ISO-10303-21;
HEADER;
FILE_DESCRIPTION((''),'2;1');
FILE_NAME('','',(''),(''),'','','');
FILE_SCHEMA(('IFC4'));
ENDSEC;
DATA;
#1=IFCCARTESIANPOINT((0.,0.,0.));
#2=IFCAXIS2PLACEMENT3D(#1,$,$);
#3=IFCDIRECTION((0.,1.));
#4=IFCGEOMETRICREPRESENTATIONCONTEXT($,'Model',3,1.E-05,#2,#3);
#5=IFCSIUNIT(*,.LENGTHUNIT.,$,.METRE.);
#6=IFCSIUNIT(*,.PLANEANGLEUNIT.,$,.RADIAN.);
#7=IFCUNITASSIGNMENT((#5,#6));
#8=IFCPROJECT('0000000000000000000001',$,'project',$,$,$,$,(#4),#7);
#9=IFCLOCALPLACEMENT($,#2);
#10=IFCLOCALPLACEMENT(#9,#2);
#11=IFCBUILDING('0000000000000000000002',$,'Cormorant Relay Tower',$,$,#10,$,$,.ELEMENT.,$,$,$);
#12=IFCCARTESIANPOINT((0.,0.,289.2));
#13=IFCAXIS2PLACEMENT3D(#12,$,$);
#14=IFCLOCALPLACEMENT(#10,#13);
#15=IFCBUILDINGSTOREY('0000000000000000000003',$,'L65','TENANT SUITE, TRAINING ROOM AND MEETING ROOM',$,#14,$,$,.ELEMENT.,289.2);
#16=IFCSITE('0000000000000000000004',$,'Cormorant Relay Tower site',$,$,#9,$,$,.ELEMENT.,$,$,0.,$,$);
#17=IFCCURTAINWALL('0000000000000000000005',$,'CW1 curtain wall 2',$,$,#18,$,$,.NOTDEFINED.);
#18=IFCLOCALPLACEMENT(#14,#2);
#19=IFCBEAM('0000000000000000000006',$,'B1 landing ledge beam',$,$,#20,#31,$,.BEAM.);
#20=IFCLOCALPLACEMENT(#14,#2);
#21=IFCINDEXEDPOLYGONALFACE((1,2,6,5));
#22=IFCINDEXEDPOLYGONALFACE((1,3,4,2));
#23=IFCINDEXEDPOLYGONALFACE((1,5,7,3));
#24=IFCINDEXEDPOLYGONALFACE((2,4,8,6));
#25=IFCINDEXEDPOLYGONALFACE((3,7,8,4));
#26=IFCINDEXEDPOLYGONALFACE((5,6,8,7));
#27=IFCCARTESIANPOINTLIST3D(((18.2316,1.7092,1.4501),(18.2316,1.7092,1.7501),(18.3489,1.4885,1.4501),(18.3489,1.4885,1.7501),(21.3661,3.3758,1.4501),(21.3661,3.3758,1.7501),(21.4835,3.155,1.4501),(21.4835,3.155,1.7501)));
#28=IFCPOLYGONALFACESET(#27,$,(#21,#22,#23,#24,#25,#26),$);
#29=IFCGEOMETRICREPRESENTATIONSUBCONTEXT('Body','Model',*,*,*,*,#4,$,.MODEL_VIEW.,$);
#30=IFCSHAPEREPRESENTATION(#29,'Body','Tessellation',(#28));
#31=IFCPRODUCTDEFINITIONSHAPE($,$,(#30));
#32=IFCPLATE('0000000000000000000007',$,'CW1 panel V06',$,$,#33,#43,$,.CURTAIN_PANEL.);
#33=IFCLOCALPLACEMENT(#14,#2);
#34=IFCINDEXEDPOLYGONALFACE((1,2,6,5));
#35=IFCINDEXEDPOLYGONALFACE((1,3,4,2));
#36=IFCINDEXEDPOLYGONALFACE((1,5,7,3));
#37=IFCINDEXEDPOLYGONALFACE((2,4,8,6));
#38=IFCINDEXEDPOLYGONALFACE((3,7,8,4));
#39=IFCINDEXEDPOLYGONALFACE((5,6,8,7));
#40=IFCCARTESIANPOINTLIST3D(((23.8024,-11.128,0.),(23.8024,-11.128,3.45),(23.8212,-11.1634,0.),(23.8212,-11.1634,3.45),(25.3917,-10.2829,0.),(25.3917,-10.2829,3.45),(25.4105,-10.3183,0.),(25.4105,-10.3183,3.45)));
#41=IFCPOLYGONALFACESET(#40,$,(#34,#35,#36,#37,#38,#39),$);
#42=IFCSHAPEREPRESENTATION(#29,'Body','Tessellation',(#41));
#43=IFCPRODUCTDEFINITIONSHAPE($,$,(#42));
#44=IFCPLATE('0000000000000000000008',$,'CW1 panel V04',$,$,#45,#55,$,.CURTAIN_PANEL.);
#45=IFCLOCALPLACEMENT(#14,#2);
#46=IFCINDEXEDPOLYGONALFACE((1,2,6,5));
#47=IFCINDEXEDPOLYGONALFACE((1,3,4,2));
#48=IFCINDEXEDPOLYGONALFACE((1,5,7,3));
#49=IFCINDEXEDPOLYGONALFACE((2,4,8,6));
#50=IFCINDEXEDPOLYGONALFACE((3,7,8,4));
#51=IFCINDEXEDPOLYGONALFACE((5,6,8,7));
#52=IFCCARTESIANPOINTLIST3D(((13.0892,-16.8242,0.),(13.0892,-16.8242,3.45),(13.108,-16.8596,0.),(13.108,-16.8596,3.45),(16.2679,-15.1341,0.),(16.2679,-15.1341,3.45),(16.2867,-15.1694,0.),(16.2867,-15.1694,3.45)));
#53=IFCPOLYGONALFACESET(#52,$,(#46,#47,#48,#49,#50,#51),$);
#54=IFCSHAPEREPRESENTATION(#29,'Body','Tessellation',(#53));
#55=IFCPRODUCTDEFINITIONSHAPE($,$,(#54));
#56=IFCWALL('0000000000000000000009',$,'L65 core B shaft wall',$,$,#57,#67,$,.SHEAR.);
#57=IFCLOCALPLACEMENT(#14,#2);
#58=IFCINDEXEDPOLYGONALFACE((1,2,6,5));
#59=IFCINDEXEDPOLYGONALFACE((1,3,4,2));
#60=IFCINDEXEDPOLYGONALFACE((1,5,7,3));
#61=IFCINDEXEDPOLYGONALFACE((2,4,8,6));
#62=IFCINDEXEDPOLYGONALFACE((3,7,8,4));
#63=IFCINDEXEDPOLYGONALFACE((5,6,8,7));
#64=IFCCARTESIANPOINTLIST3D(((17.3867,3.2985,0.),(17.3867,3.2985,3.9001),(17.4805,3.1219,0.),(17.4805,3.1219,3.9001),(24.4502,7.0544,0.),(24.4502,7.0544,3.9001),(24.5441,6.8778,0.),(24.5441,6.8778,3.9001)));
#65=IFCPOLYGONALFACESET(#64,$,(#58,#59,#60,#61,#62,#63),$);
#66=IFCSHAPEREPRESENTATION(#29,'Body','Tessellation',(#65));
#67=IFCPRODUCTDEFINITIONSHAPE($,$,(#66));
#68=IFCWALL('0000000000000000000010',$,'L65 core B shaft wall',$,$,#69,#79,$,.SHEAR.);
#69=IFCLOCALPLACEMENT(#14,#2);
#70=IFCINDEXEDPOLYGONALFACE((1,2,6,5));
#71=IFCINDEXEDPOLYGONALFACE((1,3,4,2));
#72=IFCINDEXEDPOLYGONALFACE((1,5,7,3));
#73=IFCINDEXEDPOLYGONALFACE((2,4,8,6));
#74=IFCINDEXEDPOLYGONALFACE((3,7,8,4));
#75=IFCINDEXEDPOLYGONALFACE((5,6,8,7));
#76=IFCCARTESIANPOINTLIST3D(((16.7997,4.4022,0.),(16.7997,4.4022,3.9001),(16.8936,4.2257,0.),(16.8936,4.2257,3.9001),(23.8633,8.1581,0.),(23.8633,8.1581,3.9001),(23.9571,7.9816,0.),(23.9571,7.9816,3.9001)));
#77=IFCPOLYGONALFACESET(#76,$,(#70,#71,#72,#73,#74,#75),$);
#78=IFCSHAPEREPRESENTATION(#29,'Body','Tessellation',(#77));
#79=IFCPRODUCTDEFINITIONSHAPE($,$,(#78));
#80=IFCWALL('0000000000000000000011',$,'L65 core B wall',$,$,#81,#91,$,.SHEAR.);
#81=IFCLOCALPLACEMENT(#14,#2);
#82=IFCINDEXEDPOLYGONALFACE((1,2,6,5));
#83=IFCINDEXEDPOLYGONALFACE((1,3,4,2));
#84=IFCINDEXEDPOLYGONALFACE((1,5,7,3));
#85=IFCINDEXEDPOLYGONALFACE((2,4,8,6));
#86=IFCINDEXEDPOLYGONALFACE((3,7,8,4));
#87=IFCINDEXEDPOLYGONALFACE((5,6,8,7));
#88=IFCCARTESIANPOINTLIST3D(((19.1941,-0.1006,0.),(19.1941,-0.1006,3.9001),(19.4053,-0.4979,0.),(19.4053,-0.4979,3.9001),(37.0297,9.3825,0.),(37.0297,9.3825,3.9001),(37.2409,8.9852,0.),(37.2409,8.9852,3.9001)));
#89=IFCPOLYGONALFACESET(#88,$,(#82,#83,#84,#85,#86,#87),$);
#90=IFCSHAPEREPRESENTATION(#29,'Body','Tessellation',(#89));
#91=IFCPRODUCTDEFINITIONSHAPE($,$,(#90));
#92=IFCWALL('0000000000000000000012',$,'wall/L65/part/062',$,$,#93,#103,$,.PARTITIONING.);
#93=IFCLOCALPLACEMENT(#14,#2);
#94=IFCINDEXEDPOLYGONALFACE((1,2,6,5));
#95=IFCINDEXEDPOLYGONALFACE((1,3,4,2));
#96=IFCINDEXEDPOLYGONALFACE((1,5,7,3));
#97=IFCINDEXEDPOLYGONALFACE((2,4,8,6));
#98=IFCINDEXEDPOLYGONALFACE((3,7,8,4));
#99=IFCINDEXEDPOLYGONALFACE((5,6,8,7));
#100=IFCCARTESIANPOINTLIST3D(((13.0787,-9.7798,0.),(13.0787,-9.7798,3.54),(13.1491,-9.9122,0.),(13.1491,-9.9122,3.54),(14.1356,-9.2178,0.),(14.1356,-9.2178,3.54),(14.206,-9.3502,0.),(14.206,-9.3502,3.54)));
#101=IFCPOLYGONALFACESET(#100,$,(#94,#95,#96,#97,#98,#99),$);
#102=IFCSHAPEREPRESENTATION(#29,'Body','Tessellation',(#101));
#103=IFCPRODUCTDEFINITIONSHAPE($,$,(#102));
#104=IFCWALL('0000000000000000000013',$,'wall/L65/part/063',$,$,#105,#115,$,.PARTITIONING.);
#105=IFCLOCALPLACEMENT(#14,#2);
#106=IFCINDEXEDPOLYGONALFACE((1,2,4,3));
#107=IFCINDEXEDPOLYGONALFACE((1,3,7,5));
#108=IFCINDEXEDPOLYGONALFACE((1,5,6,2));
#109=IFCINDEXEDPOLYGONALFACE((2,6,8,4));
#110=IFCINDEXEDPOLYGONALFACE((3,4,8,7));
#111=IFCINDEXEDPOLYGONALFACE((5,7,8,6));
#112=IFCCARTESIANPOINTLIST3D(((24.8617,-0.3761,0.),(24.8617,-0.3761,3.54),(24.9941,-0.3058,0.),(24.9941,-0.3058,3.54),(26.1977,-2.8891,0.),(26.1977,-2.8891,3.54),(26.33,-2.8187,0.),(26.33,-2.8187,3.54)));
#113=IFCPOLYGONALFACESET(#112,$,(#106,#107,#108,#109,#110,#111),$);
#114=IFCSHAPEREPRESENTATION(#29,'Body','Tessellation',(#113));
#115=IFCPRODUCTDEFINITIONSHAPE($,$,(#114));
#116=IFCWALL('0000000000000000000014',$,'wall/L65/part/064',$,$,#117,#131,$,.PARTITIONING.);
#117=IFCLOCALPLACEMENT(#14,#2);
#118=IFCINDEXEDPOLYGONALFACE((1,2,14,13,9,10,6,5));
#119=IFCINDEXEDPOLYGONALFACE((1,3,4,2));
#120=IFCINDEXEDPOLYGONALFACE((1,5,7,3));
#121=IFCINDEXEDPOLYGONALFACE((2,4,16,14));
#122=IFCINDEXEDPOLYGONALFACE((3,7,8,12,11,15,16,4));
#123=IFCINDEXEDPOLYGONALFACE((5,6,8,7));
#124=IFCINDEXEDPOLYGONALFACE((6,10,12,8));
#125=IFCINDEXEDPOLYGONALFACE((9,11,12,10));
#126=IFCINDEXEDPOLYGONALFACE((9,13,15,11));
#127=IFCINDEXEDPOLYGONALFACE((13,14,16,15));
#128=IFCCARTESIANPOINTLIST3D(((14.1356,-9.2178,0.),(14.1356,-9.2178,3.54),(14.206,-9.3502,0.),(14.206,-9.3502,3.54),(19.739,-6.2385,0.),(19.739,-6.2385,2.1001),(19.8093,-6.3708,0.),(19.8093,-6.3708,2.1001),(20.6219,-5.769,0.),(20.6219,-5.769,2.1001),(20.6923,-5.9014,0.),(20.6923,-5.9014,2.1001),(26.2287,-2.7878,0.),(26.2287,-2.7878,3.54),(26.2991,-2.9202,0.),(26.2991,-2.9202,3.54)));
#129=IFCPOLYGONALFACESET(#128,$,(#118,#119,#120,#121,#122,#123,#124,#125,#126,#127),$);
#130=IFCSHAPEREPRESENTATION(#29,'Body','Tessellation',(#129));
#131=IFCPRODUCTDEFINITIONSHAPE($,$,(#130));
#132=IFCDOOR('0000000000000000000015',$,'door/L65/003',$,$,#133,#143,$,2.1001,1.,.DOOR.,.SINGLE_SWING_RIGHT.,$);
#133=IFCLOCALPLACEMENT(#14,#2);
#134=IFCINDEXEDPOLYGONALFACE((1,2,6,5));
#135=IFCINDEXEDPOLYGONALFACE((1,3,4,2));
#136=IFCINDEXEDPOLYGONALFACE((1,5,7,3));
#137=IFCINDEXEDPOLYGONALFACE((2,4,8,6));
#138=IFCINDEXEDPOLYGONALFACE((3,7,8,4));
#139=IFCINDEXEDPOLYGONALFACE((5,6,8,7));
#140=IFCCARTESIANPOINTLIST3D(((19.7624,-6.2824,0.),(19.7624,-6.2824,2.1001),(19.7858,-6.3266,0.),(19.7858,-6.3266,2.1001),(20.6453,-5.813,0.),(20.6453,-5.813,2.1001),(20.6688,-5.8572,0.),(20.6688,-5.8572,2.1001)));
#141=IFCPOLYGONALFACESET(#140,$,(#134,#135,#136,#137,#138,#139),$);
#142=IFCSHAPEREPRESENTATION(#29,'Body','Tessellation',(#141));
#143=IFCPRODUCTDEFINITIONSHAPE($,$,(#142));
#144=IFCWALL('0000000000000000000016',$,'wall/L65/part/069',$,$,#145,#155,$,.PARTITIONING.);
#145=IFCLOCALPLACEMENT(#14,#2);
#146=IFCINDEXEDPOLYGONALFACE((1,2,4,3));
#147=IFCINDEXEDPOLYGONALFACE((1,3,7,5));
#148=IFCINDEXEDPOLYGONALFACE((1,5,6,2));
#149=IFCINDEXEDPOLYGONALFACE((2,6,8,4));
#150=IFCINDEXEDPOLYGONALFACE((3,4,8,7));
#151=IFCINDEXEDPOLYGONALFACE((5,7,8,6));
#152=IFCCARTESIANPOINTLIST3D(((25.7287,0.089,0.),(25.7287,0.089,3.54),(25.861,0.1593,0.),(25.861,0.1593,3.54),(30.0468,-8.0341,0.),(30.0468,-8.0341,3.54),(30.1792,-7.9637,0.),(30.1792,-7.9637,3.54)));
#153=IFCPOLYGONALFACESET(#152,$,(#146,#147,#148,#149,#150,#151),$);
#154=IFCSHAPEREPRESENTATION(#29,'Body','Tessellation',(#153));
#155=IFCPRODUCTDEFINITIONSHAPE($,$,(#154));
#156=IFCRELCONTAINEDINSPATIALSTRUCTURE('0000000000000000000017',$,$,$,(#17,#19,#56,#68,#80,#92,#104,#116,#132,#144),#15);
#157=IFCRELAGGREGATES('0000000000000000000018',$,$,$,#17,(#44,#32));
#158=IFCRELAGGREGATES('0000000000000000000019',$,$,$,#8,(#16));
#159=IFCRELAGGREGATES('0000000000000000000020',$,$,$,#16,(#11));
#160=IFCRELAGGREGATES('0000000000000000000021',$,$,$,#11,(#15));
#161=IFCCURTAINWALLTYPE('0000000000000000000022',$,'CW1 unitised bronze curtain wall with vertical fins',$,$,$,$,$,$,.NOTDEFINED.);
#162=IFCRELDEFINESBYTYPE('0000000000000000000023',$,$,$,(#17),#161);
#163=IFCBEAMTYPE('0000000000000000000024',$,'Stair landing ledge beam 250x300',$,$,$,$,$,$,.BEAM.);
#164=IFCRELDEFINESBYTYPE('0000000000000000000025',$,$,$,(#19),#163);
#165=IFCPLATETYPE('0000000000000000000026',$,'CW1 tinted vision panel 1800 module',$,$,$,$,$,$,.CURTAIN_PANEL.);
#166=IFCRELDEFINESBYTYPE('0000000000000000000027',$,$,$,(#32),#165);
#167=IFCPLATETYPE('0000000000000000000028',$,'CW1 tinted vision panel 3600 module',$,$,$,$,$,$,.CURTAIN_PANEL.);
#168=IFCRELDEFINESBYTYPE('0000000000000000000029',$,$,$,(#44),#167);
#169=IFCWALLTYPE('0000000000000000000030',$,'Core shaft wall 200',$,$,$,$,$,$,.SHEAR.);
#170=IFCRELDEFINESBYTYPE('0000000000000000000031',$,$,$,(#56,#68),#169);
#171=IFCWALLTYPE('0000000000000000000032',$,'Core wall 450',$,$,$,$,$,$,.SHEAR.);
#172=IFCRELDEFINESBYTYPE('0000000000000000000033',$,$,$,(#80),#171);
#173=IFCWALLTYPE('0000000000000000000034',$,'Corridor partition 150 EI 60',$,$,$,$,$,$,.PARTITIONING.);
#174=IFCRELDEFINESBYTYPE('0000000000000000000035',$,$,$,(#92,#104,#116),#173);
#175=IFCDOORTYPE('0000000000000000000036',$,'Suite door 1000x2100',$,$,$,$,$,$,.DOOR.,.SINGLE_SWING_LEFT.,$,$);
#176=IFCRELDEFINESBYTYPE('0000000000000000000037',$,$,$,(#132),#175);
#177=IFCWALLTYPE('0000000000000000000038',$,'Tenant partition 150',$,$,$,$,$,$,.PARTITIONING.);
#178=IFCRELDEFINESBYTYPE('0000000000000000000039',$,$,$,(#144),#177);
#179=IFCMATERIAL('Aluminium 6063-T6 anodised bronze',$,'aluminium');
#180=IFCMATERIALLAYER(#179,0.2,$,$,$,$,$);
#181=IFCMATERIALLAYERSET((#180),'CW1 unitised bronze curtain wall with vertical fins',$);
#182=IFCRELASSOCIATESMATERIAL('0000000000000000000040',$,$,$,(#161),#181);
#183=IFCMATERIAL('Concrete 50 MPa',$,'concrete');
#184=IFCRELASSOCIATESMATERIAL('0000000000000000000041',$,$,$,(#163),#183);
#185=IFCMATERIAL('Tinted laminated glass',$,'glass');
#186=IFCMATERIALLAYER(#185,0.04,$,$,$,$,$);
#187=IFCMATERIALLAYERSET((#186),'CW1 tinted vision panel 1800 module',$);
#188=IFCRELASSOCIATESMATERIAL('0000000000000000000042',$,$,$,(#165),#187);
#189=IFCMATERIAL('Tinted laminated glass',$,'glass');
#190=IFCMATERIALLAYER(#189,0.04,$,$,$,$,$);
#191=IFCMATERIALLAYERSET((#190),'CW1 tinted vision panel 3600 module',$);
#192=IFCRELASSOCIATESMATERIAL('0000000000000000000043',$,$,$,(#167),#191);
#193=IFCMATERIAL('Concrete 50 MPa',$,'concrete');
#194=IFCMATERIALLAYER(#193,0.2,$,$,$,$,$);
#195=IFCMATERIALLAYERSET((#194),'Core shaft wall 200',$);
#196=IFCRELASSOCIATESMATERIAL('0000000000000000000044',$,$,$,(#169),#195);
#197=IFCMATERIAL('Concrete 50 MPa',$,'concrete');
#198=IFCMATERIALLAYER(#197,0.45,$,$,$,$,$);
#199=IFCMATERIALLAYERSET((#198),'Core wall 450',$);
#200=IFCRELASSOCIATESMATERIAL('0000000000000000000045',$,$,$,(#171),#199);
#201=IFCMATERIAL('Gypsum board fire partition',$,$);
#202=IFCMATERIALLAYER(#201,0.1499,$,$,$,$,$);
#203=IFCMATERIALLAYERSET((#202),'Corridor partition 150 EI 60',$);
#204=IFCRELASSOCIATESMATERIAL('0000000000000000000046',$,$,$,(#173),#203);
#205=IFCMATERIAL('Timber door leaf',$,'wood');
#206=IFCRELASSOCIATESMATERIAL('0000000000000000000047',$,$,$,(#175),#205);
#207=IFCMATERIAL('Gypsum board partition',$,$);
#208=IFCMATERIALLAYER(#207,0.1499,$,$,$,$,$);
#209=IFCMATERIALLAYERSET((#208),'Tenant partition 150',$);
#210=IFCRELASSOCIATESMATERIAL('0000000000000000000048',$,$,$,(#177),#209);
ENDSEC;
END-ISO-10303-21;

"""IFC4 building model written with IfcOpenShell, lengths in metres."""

from ifc_helpers import new_model, si_unit, direction, frame, frame_2d, origin, origin_2d, place, context, subcontext, project, spatial, rectangle, extrude, material, layer, layer_set, material_profile, profile_set, type_object, element, fill, aggregate, save


model = new_model("IFC4")

# Units and contexts
model_context = context("Model", 3, precision=1e-05, world=origin(), true_north=direction((0.0, 1.0)))
body_context = subcontext(model_context, "Body", "Model", "MODEL_VIEW")
ifc_project = project(units=[si_unit("LENGTHUNIT", "METRE"), si_unit("PLANEANGLEUNIT", "RADIAN")], contexts=[model_context])

# Site, building, storey
site_placement = place(None, origin())
site = spatial("IfcSite", under=ifc_project, at=site_placement, Name="Cormorant Relay Tower site", CompositionType="ELEMENT", RefElevation=0.0)
building_placement = place(site_placement, origin())
building = spatial("IfcBuilding", under=site, at=building_placement, Name="Cormorant Relay Tower", CompositionType="ELEMENT")
storey_placement = place(building_placement, frame((0.0, 0.0, 289.2)))
storey = spatial("IfcBuildingStorey", under=building, at=storey_placement, Name="L65", Description="TENANT SUITE, TRAINING ROOM AND MEETING ROOM", CompositionType="ELEMENT", Elevation=289.2)

# Curtain wall
ifc_material_1 = material(Name="Aluminium 6063-T6 anodised bronze", Category="aluminium")
ifc_layer_1 = layer(ifc_material_1, 0.2)
ifc_layer_set_1 = layer_set([ifc_layer_1], Name="CW1 unitised bronze curtain wall with vertical fins")
curtain_wall_type = type_object("IfcCurtainWallType", Name="CW1 unitised bronze curtain wall with vertical fins", PredefinedType="NOTDEFINED", material=ifc_layer_set_1)
curtain_wall_placement = place(storey_placement, origin())
curtain_wall = element("IfcCurtainWall", 1, at=curtain_wall_placement, inside=storey, type_object=curtain_wall_type, Name="CW1 curtain wall 2", PredefinedType="NOTDEFINED")

# Beam
ifc_material_2 = material(Name="Concrete 50 MPa", Category="concrete")
ifc_material_profile_1 = material_profile(ifc_material_2, rectangle(XDim=0.25, YDim=0.3, at=origin_2d()), Name="RC 250x300")
ifc_profile_set_1 = profile_set([ifc_material_profile_1], Name="Concrete 50 MPa")
beam_type_1 = type_object("IfcBeamType", Name="Stair landing ledge beam 250x300", PredefinedType="BEAM", material=ifc_profile_set_1)
beam_1_placement = place(storey_placement, frame((21.4248, 3.2654, 1.6001), z_axis=(-0.882965, -0.469438, 0.0), x_axis=(0.469438, -0.882965, 0.0)))
element("IfcBeam", 2, at=beam_1_placement, inside=storey, type_object=beam_type_1, Name="B1 landing ledge beam", PredefinedType="BEAM", context=body_context, shape_type="SweptSolid", body=[
    extrude(rectangle(XDim=0.25, YDim=0.3, at=origin_2d()), origin(), (0.0, 0.0, 1.0), 3.55),
])

# Plates
ifc_material_3 = material(Name="Tinted laminated glass", Category="glass")
ifc_layer_2 = layer(ifc_material_3, 0.04)
ifc_layer_set_2 = layer_set([ifc_layer_2], Name="CW1 tinted vision panel 1800 module")
plate_type_1 = type_object("IfcPlateType", Name="CW1 tinted vision panel 1800 module", PredefinedType="CURTAIN_PANEL", material=ifc_layer_set_2)
plate_1_placement = place(storey_placement, frame((24.6064, -10.7231, 0.0), z_axis=(0.0, 0.0, 1.0), x_axis=(0.882948, 0.469472, 0.0)))
plate_1 = element("IfcPlate", 3, at=plate_1_placement, type_object=plate_type_1, Name="CW1 panel V06", PredefinedType="CURTAIN_PANEL", context=body_context, shape_type="SweptSolid", body=[
    extrude(rectangle(XDim=1.8, YDim=0.04, at=origin_2d()), origin(), (0.0, 0.0, 1.0), 3.45),
])
ifc_material_4 = material(Name="Tinted laminated glass", Category="glass")
ifc_layer_3 = layer(ifc_material_4, 0.04)
ifc_layer_set_3 = layer_set([ifc_layer_3], Name="CW1 tinted vision panel 3600 module")
plate_type_2 = type_object("IfcPlateType", Name="CW1 tinted vision panel 3600 module", PredefinedType="CURTAIN_PANEL", material=ifc_layer_set_3)
plate_2_placement = place(storey_placement, frame((14.688, -15.9968, 0.0), z_axis=(0.0, 0.0, 1.0), x_axis=(0.882948, 0.469472, 0.0)))
plate_2 = element("IfcPlate", 4, at=plate_2_placement, type_object=plate_type_2, Name="CW1 panel V04", PredefinedType="CURTAIN_PANEL", context=body_context, shape_type="SweptSolid", body=[
    extrude(rectangle(XDim=3.6001, YDim=0.04, at=origin_2d()), origin(), (0.0, 0.0, 1.0), 3.45),
])

# Walls
ifc_material_5 = material(Name="Concrete 50 MPa", Category="concrete")
ifc_layer_4 = layer(ifc_material_5, 0.2)
ifc_layer_set_4 = layer_set([ifc_layer_4], Name="Core shaft wall 200")
wall_type_1 = type_object("IfcWallType", Name="Core shaft wall 200", PredefinedType="SHEAR", material=ifc_layer_set_4)
for number, where, z_axis, x_axis, name in (
    (5, (17.4336, 3.2102, 0.0), (0.0, 0.0, 1.0), (0.88294, 0.469485, 0.0), "L65 core B shaft wall"),
    (6, (16.8467, 4.314, 0.0), (0.0, 0.0, 1.0), (0.88294, 0.469485, 0.0), "L65 core B shaft wall"),
):
    element("IfcWall", number, at=place(storey_placement, frame(where, z_axis=z_axis, x_axis=x_axis)), inside=storey, type_object=wall_type_1, Name=name, PredefinedType="SHEAR", context=body_context, shape_type="SweptSolid", body=[
        extrude(rectangle(XDim=8.0, YDim=0.2, at=frame_2d((4.0, 0.0))), origin(), (0.0, 0.0, 1.0), 3.9001),
    ])

# Shared definitions
ifc_material_6 = material(Name="Concrete 50 MPa", Category="concrete")
ifc_layer_5 = layer(ifc_material_6, 0.45)
ifc_layer_set_5 = layer_set([ifc_layer_5], Name="Core wall 450")
wall_type_2 = type_object("IfcWallType", Name="Core wall 450", PredefinedType="SHEAR", material=ifc_layer_set_5)

# Walls
wall_1_placement = place(storey_placement, frame((19.2996, -0.2993, 0.0), z_axis=(0.0, 0.0, 1.0), x_axis=(0.882953, 0.469462, 0.0)))
element("IfcWall", 7, at=wall_1_placement, inside=storey, type_object=wall_type_2, Name="L65 core B wall", PredefinedType="SHEAR", context=body_context, shape_type="SweptSolid", body=[
    extrude(rectangle(XDim=20.2, YDim=0.45, at=frame_2d((10.1001, 0.0))), origin(), (0.0, 0.0, 1.0), 3.9001),
])
ifc_material_7 = material(Name="Gypsum board fire partition")
ifc_layer_6 = layer(ifc_material_7, 0.1499)
ifc_layer_set_6 = layer_set([ifc_layer_6], Name="Corridor partition 150 EI 60")
wall_type_3 = type_object("IfcWallType", Name="Corridor partition 150 EI 60", PredefinedType="PARTITIONING", material=ifc_layer_set_6)
wall_2_placement = place(storey_placement, frame((14.1709, -9.2839, 0.0), z_axis=(0.0, 0.0, 1.0), x_axis=(-0.882928, -0.469508, 0.0)))
element("IfcWall", 8, at=wall_2_placement, inside=storey, type_object=wall_type_3, Name="wall/L65/part/062", PredefinedType="PARTITIONING", context=body_context, shape_type="SweptSolid", body=[
    extrude(rectangle(XDim=1.197, YDim=0.1499, at=frame_2d((0.5986, 0.0))), origin(), (0.0, 0.0, 1.0), 3.54),
])
wall_3_placement = place(storey_placement, frame((24.928, -0.3411, 0.0), z_axis=(0.0, 0.0, 1.0), x_axis=(0.469412, -0.882979, 0.0)))
element("IfcWall", 9, at=wall_3_placement, inside=storey, type_object=wall_type_3, Name="wall/L65/part/063", PredefinedType="PARTITIONING", context=body_context, shape_type="SweptSolid", body=[
    extrude(rectangle(XDim=2.8459, YDim=0.1499, at=frame_2d((1.4229, 0.0))), origin(), (0.0, 0.0, 1.0), 3.54),
])

# Wall, opening, door
wall_4_placement = place(storey_placement, frame((26.2639, -2.854, 0.0), z_axis=(0.0, 0.0, 1.0), x_axis=(-0.882949, -0.469469, 0.0)))
wall_4 = element("IfcWall", 10, at=wall_4_placement, inside=storey, type_object=wall_type_3, Name="wall/L65/part/064", PredefinedType="PARTITIONING", context=body_context, shape_type="SweptSolid", body=[
    extrude(rectangle(XDim=13.6963, YDim=0.1499, at=frame_2d((6.8481, 0.0))), origin(), (0.0, 0.0, 1.0), 3.54),
])
opening_1_placement = place(wall_4_placement, frame((6.3501, 0.0, 0.0)))
opening_1 = element("IfcOpeningElement", 11, at=opening_1_placement, cuts=wall_4, PredefinedType="OPENING", context=body_context, shape_type="SweptSolid", body=[
    extrude(rectangle(XDim=1.0, YDim=2.1001, at=frame_2d((0.5, 1.05))), frame((0.0, 0.085, 0.0), z_axis=(0.0, -1.0, 0.0), x_axis=(1.0, 0.0, 0.0)), (0.0, 0.0, 1.0), 0.1699),
])
ifc_material_8 = material(Name="Timber door leaf", Category="wood")
door_type_1 = type_object("IfcDoorType", Name="Suite door 1000x2100", OperationType="SINGLE_SWING_LEFT", PredefinedType="DOOR", material=ifc_material_8)
door_1_placement = place(opening_1_placement, origin())
door_1 = element("IfcDoor", 12, at=door_1_placement, inside=storey, type_object=door_type_1, Name="door/L65/003", OperationType="SINGLE_SWING_RIGHT", OverallHeight=2.1001, OverallWidth=1.0, PredefinedType="DOOR", context=body_context, shape_type="SweptSolid", body=[
    extrude(rectangle(XDim=1.0, YDim=2.1001, at=frame_2d((0.5, 1.05))), frame((0.0, 0.0249, 0.0), z_axis=(0.0, -1.0, 0.0), x_axis=(1.0, 0.0, 0.0)), (0.0, 0.0, 1.0), 0.05),
])
fill(opening_1, door_1)

# Wall
ifc_material_9 = material(Name="Gypsum board partition")
ifc_layer_7 = layer(ifc_material_9, 0.1499)
ifc_layer_set_7 = layer_set([ifc_layer_7], Name="Tenant partition 150")
wall_type_4 = type_object("IfcWallType", Name="Tenant partition 150", PredefinedType="PARTITIONING", material=ifc_layer_set_7)
wall_5_placement = place(storey_placement, frame((25.7949, 0.124, 0.0), z_axis=(0.0, 0.0, 1.0), x_axis=(0.469388, -0.882992, 0.0)))
element("IfcWall", 13, at=wall_5_placement, inside=storey, type_object=wall_type_4, Name="wall/L65/part/069", PredefinedType="PARTITIONING", context=body_context, shape_type="SweptSolid", body=[
    extrude(rectangle(XDim=9.1995, YDim=0.1499, at=frame_2d((4.5996, 0.0))), origin(), (0.0, 0.0, 1.0), 3.54),
])

aggregate(curtain_wall, [plate_2, plate_1])

save(model, "model.ifc")
